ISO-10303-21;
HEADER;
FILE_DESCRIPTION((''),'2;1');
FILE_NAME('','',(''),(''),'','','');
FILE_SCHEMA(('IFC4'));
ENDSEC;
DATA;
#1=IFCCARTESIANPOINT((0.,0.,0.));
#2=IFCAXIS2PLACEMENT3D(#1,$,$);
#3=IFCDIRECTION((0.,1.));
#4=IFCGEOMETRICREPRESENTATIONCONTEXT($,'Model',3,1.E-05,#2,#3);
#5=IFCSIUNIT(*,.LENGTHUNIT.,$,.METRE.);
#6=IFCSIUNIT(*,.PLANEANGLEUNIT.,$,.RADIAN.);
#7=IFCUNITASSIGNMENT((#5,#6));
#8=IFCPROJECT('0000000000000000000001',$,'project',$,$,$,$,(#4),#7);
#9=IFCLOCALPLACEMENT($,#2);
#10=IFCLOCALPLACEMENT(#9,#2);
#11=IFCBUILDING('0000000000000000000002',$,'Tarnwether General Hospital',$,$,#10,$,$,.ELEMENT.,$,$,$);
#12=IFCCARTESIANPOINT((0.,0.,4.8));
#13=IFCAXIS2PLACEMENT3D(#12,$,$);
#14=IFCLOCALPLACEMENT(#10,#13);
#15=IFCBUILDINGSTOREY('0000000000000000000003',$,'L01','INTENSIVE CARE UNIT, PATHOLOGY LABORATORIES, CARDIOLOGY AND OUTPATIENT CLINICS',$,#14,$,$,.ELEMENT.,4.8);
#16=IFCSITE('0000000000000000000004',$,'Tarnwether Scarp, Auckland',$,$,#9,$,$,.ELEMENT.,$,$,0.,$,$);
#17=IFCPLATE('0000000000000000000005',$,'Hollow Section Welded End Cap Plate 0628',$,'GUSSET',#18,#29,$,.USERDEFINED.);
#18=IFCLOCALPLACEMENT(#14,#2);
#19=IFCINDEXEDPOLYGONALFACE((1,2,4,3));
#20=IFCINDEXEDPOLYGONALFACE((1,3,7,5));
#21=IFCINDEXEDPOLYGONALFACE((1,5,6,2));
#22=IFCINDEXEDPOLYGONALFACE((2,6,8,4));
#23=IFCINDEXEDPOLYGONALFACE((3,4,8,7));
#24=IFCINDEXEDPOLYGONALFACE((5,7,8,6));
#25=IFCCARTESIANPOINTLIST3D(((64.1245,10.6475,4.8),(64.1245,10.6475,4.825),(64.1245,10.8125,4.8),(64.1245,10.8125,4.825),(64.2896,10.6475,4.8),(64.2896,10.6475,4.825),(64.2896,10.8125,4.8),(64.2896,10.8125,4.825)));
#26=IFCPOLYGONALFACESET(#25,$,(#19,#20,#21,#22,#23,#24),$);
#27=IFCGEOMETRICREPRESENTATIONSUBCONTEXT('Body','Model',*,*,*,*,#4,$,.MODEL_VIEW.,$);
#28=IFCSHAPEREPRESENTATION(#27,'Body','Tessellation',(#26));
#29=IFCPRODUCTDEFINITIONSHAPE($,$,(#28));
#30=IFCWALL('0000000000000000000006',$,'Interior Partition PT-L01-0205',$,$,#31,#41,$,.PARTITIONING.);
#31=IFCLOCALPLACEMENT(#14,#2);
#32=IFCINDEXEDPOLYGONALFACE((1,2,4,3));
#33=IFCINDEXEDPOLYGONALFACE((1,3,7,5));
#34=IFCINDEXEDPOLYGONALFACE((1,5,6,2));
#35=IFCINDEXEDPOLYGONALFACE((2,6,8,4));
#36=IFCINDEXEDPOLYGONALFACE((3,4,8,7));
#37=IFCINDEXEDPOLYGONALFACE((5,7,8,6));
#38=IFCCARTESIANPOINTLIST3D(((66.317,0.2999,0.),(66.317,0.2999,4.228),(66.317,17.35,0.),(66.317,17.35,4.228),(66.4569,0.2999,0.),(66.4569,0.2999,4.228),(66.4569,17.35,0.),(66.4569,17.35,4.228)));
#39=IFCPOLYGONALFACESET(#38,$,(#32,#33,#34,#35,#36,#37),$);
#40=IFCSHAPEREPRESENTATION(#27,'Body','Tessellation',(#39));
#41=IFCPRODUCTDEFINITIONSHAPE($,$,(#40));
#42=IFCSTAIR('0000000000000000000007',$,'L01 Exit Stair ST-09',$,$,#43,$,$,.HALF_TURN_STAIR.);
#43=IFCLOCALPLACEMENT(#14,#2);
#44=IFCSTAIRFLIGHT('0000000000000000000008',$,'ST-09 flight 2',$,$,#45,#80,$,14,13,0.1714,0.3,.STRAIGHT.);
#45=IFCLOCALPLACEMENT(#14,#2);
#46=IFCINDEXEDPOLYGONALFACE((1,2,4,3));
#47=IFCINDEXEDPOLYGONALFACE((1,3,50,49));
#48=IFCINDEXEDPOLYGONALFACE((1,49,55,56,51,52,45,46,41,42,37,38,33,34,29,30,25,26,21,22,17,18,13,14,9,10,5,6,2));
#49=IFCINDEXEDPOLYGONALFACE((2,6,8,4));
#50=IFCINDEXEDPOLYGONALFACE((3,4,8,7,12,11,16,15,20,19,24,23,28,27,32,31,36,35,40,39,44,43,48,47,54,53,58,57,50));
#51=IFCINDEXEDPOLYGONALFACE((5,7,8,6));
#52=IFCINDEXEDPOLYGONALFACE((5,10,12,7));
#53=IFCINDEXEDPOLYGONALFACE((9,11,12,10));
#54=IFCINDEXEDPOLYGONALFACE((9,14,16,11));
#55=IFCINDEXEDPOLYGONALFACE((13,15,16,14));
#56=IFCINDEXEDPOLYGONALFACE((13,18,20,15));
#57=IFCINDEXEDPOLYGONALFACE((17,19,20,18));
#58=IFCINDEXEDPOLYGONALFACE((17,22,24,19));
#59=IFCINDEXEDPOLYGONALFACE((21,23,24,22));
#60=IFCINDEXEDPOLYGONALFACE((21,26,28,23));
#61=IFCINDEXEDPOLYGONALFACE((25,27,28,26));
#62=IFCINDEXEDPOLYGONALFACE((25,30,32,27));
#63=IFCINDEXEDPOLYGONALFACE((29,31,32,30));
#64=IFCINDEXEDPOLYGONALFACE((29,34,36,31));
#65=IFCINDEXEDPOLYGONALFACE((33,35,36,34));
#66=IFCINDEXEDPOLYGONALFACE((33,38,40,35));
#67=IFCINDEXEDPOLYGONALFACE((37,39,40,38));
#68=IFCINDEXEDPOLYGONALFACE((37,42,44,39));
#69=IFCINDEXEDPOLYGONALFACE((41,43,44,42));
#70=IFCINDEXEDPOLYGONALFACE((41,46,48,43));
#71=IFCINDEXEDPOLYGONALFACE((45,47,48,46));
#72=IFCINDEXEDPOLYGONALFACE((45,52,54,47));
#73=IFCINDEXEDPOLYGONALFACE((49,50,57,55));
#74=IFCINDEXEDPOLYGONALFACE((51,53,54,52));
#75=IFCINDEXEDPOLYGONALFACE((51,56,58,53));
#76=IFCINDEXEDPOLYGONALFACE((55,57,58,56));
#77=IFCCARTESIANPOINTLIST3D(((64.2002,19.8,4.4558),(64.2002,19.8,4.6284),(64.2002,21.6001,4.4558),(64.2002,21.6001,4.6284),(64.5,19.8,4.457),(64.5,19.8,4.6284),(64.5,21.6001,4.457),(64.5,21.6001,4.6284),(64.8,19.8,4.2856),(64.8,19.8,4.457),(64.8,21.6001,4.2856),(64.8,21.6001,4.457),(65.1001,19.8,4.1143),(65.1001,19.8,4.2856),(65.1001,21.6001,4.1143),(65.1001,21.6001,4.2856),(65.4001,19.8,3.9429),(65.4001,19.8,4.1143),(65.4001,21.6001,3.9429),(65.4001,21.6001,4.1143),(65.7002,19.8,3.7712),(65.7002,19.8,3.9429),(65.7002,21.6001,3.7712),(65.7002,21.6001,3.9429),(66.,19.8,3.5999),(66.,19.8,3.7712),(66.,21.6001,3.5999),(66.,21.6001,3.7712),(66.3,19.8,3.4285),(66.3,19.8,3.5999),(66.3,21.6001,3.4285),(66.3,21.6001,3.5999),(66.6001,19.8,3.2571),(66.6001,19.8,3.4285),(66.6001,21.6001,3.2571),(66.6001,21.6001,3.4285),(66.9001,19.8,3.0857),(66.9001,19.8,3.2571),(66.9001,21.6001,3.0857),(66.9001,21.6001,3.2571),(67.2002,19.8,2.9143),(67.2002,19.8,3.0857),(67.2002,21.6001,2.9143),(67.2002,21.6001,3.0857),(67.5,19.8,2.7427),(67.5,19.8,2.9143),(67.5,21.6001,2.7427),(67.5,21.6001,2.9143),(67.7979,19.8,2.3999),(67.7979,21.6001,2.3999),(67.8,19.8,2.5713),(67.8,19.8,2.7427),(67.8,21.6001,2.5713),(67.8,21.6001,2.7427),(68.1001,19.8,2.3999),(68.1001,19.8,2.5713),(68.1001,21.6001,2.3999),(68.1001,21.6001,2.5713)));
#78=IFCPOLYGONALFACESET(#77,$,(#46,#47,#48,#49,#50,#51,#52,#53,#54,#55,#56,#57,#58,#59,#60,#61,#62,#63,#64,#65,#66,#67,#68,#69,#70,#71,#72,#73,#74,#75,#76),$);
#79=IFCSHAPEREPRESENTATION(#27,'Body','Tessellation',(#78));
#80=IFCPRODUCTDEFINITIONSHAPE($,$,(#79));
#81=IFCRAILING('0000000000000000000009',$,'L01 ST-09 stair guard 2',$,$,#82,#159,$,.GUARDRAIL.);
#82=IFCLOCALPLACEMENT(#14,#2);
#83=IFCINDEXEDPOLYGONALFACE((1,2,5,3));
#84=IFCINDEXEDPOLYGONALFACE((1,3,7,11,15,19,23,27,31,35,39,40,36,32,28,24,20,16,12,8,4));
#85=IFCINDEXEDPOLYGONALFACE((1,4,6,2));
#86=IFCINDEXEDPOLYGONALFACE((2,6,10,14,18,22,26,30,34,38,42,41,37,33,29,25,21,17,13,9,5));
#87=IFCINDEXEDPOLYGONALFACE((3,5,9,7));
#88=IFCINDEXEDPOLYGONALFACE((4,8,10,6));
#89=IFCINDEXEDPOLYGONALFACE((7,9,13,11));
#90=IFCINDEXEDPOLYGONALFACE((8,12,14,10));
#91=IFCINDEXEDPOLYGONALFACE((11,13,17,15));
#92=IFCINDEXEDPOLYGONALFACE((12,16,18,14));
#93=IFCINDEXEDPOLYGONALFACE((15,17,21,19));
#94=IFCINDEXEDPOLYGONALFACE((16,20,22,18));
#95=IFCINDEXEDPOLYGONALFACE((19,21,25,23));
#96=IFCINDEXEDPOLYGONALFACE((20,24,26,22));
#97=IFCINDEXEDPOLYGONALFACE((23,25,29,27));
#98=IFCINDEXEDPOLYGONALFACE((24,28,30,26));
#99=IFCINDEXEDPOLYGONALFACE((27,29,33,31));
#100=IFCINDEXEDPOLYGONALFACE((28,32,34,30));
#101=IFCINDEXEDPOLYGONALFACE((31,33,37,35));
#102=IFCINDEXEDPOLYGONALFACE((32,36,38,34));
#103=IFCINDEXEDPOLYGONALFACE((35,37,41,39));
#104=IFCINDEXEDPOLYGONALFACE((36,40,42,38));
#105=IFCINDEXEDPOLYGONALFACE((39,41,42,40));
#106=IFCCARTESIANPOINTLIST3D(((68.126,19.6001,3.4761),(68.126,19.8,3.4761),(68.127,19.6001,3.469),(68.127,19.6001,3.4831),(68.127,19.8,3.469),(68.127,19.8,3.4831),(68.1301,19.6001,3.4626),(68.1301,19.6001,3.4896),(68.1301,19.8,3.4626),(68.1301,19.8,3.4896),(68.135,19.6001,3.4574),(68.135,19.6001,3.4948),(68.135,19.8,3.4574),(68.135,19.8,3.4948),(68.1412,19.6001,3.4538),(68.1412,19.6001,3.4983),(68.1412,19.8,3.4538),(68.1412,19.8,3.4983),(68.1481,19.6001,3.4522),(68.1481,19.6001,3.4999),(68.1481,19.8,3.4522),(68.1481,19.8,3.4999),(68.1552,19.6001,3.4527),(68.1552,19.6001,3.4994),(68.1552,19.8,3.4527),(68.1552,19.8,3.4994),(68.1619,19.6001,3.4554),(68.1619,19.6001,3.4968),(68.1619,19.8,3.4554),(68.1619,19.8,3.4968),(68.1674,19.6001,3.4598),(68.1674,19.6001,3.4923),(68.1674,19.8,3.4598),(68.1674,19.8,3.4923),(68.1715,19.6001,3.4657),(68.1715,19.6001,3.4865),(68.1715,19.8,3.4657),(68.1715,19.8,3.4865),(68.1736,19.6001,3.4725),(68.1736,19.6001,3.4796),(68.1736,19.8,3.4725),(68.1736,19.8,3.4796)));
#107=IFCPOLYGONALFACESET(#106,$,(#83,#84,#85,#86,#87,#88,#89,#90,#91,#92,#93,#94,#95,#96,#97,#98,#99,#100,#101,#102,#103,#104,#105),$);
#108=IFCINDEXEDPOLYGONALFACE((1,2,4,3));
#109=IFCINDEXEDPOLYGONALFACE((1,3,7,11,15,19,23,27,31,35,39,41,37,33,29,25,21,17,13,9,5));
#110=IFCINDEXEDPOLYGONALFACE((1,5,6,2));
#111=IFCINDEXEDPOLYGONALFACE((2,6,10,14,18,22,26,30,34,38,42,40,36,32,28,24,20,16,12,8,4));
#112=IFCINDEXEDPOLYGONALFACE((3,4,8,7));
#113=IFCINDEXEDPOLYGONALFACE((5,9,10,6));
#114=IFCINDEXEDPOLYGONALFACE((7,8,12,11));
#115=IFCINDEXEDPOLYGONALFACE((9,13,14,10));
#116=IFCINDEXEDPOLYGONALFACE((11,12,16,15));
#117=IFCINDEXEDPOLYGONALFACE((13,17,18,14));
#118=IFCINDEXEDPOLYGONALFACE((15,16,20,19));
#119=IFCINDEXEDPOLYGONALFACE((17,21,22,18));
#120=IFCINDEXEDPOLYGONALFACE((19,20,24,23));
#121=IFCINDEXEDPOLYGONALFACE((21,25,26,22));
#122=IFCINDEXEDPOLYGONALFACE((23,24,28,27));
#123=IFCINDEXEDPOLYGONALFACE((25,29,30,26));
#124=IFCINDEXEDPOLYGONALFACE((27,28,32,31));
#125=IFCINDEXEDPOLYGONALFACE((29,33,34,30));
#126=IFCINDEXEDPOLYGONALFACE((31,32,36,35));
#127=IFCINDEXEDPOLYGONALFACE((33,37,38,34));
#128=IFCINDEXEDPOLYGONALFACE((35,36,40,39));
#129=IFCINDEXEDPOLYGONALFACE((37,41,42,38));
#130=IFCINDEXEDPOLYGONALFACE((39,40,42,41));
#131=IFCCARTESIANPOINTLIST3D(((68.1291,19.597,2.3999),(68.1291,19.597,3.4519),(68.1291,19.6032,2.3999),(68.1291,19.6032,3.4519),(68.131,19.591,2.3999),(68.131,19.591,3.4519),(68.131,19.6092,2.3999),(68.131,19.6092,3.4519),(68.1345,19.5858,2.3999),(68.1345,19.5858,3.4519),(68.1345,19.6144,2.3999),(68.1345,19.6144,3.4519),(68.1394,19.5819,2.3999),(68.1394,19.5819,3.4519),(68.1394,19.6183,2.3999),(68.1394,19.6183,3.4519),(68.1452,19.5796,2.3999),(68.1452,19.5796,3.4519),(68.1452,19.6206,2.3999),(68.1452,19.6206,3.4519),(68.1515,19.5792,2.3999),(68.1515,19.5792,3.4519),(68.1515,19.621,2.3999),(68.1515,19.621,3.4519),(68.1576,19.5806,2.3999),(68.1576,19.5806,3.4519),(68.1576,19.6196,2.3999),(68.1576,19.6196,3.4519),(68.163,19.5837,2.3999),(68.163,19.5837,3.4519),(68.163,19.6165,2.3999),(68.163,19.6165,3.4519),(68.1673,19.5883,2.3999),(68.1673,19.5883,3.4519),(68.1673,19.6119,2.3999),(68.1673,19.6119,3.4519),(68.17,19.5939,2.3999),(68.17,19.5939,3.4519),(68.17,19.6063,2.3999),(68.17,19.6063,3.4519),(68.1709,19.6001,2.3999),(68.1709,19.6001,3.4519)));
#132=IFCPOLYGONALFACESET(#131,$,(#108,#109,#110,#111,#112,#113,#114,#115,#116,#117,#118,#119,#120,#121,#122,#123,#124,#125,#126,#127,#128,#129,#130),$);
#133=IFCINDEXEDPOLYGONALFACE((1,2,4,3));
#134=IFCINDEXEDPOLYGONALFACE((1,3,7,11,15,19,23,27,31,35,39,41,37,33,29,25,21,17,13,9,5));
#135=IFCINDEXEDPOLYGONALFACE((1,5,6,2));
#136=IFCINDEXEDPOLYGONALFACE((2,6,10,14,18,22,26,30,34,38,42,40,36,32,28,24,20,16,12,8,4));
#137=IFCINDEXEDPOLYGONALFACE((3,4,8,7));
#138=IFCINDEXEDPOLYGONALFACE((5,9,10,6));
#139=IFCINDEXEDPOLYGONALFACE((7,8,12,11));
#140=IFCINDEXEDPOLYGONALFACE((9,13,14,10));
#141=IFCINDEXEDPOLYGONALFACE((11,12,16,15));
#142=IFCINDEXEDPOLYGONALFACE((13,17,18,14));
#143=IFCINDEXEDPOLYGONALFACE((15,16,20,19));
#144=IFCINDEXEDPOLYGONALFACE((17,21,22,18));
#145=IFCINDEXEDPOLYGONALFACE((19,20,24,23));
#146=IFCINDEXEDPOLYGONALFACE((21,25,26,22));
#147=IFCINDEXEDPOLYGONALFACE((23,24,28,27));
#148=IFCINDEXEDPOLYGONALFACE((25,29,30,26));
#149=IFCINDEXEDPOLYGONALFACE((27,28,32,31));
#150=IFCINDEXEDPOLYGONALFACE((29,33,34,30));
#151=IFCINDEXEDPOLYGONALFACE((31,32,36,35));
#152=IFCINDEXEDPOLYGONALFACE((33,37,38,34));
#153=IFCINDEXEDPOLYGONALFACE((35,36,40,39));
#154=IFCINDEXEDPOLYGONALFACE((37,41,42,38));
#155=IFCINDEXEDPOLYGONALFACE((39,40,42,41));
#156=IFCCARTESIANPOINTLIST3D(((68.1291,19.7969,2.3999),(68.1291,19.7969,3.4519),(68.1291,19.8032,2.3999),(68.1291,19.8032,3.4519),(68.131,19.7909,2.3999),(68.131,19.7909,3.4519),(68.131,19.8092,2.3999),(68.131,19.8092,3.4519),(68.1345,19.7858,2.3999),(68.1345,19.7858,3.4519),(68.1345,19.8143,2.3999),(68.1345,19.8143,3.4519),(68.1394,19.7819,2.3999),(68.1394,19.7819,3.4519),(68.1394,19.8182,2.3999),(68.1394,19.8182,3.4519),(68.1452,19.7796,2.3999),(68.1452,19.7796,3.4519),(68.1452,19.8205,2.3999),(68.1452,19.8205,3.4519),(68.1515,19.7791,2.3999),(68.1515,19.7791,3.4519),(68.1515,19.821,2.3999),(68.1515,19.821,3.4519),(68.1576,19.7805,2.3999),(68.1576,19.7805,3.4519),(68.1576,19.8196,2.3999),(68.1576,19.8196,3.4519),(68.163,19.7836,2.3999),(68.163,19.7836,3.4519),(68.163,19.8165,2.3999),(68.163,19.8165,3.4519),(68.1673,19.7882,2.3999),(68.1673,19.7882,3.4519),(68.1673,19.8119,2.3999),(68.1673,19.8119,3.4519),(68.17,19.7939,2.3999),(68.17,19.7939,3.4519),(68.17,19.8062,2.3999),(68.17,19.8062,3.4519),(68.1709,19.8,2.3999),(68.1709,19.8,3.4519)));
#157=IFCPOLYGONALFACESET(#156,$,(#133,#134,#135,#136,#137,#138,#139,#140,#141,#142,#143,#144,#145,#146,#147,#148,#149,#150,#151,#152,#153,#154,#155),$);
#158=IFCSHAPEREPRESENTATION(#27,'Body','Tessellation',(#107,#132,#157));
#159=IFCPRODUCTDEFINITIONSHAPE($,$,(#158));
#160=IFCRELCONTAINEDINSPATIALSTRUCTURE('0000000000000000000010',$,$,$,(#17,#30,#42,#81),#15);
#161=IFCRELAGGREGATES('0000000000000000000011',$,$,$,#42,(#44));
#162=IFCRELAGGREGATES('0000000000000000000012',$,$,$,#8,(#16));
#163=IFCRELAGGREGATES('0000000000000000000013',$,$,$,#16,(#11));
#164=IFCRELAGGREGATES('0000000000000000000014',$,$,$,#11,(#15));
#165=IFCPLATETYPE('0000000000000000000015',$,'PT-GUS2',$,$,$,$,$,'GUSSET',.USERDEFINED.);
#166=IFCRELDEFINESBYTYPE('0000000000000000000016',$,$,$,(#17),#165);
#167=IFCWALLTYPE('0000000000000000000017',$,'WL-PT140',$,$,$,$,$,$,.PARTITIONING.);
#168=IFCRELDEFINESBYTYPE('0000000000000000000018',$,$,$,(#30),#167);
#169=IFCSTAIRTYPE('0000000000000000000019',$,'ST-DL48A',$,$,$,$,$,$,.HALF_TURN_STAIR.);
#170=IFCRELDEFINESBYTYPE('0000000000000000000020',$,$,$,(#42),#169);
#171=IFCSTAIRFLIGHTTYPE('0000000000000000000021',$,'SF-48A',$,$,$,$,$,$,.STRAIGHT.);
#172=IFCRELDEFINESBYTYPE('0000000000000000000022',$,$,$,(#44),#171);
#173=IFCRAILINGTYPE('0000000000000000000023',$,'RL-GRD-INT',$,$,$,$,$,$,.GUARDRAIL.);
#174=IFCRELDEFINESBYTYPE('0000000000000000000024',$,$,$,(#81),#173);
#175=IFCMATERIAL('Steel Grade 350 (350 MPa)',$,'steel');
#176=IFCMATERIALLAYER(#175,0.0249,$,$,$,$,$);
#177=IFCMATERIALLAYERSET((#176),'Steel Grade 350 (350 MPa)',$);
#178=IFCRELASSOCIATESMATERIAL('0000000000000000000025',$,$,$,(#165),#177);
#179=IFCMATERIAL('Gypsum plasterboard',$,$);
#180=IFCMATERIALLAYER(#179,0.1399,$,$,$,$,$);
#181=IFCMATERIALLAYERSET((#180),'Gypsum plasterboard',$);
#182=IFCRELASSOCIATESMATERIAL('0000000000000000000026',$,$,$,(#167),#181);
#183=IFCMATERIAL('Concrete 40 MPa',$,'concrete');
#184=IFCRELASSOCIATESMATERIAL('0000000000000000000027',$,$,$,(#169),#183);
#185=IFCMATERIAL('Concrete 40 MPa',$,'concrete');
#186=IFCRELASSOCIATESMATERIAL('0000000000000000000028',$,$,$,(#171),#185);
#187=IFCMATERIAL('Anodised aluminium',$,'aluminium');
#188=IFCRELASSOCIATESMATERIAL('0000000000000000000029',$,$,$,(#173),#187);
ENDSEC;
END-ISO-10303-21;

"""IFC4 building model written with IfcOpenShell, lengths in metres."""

from ifc_helpers import new_model, si_unit, direction, frame, frame_2d, origin, origin_2d, place, context, subcontext, project, spatial, polyline, rectangle, circle, outline, extrude, material, layer, layer_set, type_object, element, aggregate, save


model = new_model("IFC4")

# Units and contexts
model_context = context("Model", 3, precision=1e-05, world=origin(), true_north=direction((0.0, 1.0)))
body_context = subcontext(model_context, "Body", "Model", "MODEL_VIEW")
ifc_project = project(units=[si_unit("LENGTHUNIT", "METRE"), si_unit("PLANEANGLEUNIT", "RADIAN")], contexts=[model_context])

# Site, building, storey
site_placement = place(None, origin())
site = spatial("IfcSite", under=ifc_project, at=site_placement, Name="Tarnwether Scarp, Auckland", CompositionType="ELEMENT", RefElevation=0.0)
building_placement = place(site_placement, origin())
building = spatial("IfcBuilding", under=site, at=building_placement, Name="Tarnwether General Hospital", CompositionType="ELEMENT")
storey_placement = place(building_placement, frame((0.0, 0.0, 4.8)))
storey = spatial("IfcBuildingStorey", under=building, at=storey_placement, Name="L01", Description="INTENSIVE CARE UNIT, PATHOLOGY LABORATORIES, CARDIOLOGY AND OUTPATIENT CLINICS", CompositionType="ELEMENT", Elevation=4.8)

# Plate
ifc_material_1 = material(Name="Steel Grade 350 (350 MPa)", Category="steel")
ifc_layer_1 = layer(ifc_material_1, 0.0249)
ifc_layer_set_1 = layer_set([ifc_layer_1], Name="Steel Grade 350 (350 MPa)")
plate_type_1 = type_object("IfcPlateType", Name="PT-GUS2", ElementType="GUSSET", PredefinedType="USERDEFINED", material=ifc_layer_set_1)
for number, where, z_axis, x_axis, name in (
    (1, (64.207, 10.73, 4.8), (0.0, 0.0, 1.0), (1.0, 0.0, 0.0), "Hollow Section Welded End Cap Plate 0628"),
):
    element("IfcPlate", number, at=place(storey_placement, frame(where, z_axis=z_axis, x_axis=x_axis)), inside=storey, type_object=plate_type_1, Name=name, ObjectType="GUSSET", PredefinedType="USERDEFINED", context=body_context, shape_type="SweptSolid", body=[
        extrude(rectangle(XDim=0.165, YDim=0.165, at=origin_2d()), origin(), (0.0, 0.0, 1.0), 0.0249),
    ])

# Wall
ifc_material_2 = material(Name="Gypsum plasterboard")
ifc_layer_2 = layer(ifc_material_2, 0.1399)
ifc_layer_set_2 = layer_set([ifc_layer_2], Name="Gypsum plasterboard")
wall_type = type_object("IfcWallType", Name="WL-PT140", PredefinedType="PARTITIONING", material=ifc_layer_set_2)
wall_placement = place(storey_placement, frame((66.387, 0.3, 0.0), z_axis=(0.0, 0.0, 1.0), x_axis=(0.0, 1.0, 0.0)))
element("IfcWall", 2, at=wall_placement, inside=storey, type_object=wall_type, Name="Interior Partition PT-L01-0205", PredefinedType="PARTITIONING", context=body_context, shape_type="SweptSolid", body=[
    extrude(rectangle(XDim=17.05, YDim=0.1399, at=frame_2d((8.5249, 0.0))), origin(), (0.0, 0.0, 1.0), 4.228),
])

# Stair, stair flight
ifc_material_3 = material(Name="Concrete 40 MPa", Category="concrete")
stair_type = type_object("IfcStairType", Name="ST-DL48A", PredefinedType="HALF_TURN_STAIR", material=ifc_material_3)
stair_placement = place(storey_placement, origin())
stair = element("IfcStair", 3, at=stair_placement, inside=storey, type_object=stair_type, Name="L01 Exit Stair ST-09", PredefinedType="HALF_TURN_STAIR")
ifc_material_4 = material(Name="Concrete 40 MPa", Category="concrete")
stair_flight_type = type_object("IfcStairFlightType", Name="SF-48A", PredefinedType="STRAIGHT", material=ifc_material_4)
stair_flight_placement = place(storey_placement, frame((68.1001, 20.7, 2.3999), z_axis=(0.0, 0.0, 1.0), x_axis=(-1.0, 0.0, 0.0)))
stair_flight = element("IfcStairFlight", 4, at=stair_flight_placement, type_object=stair_flight_type, Name="ST-09 flight 2", NumberOfRisers=14, NumberOfTreads=13, PredefinedType="STRAIGHT", RiserHeight=0.1714, TreadLength=0.3, context=body_context, shape_type="SweptSolid", body=[
    extrude(outline(polyline([(0.0, 0.0), (0.0, 0.1714), (0.3, 0.1714), (0.3, 0.3428), (0.6001, 0.3428), (0.6001, 0.5144), (0.8999, 0.5144), (0.8999, 0.6858), (1.2, 0.6858), (1.2, 0.8572), (1.5, 0.8572), (1.5, 1.0286), (1.8, 1.0286), (1.8, 1.2), (2.1001, 1.2), (2.1001, 1.3713), (2.3999, 1.3713), (2.3999, 1.543), (2.7, 1.543), (2.7, 1.7144), (3.0, 1.7144), (3.0, 1.8857), (3.3, 1.8857), (3.3, 2.0571), (3.6001, 2.0571), (3.6001, 2.2285), (3.8999, 2.2285), (3.8999, 2.3999), (3.8999, 2.0559), (0.3022, 0.0), (0.0, 0.0)])), frame((0.0, 0.8999, 0.0), z_axis=(0.0, -1.0, 0.0), x_axis=(1.0, 0.0, 0.0)), (0.0, 0.0, 1.0), 1.8),
])
aggregate(stair, [stair_flight])

# Railing
ifc_material_5 = material(Name="Anodised aluminium", Category="aluminium")
railing_type_1 = type_object("IfcRailingType", Name="RL-GRD-INT", PredefinedType="GUARDRAIL", material=ifc_material_5)
railing_1_placement = place(storey_placement, frame((68.1499, 19.6001, 2.3999)))
element("IfcRailing", 5, at=railing_1_placement, inside=storey, type_object=railing_type_1, Name="L01 ST-09 stair guard 2", PredefinedType="GUARDRAIL", context=body_context, shape_type="SweptSolid", body=[
    extrude(circle(Radius=0.0239, at=origin_2d()), frame((0.0, 0.0, 1.0762), z_axis=(0.0, 1.0, 0.0), x_axis=(-1.0, 0.0, 0.0)), (0.0, 0.0, 1.0), 0.2),
    extrude(circle(Radius=0.021, at=origin_2d()), origin(), (0.0, 0.0, 1.0), 1.052),
    extrude(circle(Radius=0.021, at=origin_2d()), frame((0.0, 0.2, 0.0)), (0.0, 0.0, 1.0), 1.052),
])

save(model, "model.ifc")
